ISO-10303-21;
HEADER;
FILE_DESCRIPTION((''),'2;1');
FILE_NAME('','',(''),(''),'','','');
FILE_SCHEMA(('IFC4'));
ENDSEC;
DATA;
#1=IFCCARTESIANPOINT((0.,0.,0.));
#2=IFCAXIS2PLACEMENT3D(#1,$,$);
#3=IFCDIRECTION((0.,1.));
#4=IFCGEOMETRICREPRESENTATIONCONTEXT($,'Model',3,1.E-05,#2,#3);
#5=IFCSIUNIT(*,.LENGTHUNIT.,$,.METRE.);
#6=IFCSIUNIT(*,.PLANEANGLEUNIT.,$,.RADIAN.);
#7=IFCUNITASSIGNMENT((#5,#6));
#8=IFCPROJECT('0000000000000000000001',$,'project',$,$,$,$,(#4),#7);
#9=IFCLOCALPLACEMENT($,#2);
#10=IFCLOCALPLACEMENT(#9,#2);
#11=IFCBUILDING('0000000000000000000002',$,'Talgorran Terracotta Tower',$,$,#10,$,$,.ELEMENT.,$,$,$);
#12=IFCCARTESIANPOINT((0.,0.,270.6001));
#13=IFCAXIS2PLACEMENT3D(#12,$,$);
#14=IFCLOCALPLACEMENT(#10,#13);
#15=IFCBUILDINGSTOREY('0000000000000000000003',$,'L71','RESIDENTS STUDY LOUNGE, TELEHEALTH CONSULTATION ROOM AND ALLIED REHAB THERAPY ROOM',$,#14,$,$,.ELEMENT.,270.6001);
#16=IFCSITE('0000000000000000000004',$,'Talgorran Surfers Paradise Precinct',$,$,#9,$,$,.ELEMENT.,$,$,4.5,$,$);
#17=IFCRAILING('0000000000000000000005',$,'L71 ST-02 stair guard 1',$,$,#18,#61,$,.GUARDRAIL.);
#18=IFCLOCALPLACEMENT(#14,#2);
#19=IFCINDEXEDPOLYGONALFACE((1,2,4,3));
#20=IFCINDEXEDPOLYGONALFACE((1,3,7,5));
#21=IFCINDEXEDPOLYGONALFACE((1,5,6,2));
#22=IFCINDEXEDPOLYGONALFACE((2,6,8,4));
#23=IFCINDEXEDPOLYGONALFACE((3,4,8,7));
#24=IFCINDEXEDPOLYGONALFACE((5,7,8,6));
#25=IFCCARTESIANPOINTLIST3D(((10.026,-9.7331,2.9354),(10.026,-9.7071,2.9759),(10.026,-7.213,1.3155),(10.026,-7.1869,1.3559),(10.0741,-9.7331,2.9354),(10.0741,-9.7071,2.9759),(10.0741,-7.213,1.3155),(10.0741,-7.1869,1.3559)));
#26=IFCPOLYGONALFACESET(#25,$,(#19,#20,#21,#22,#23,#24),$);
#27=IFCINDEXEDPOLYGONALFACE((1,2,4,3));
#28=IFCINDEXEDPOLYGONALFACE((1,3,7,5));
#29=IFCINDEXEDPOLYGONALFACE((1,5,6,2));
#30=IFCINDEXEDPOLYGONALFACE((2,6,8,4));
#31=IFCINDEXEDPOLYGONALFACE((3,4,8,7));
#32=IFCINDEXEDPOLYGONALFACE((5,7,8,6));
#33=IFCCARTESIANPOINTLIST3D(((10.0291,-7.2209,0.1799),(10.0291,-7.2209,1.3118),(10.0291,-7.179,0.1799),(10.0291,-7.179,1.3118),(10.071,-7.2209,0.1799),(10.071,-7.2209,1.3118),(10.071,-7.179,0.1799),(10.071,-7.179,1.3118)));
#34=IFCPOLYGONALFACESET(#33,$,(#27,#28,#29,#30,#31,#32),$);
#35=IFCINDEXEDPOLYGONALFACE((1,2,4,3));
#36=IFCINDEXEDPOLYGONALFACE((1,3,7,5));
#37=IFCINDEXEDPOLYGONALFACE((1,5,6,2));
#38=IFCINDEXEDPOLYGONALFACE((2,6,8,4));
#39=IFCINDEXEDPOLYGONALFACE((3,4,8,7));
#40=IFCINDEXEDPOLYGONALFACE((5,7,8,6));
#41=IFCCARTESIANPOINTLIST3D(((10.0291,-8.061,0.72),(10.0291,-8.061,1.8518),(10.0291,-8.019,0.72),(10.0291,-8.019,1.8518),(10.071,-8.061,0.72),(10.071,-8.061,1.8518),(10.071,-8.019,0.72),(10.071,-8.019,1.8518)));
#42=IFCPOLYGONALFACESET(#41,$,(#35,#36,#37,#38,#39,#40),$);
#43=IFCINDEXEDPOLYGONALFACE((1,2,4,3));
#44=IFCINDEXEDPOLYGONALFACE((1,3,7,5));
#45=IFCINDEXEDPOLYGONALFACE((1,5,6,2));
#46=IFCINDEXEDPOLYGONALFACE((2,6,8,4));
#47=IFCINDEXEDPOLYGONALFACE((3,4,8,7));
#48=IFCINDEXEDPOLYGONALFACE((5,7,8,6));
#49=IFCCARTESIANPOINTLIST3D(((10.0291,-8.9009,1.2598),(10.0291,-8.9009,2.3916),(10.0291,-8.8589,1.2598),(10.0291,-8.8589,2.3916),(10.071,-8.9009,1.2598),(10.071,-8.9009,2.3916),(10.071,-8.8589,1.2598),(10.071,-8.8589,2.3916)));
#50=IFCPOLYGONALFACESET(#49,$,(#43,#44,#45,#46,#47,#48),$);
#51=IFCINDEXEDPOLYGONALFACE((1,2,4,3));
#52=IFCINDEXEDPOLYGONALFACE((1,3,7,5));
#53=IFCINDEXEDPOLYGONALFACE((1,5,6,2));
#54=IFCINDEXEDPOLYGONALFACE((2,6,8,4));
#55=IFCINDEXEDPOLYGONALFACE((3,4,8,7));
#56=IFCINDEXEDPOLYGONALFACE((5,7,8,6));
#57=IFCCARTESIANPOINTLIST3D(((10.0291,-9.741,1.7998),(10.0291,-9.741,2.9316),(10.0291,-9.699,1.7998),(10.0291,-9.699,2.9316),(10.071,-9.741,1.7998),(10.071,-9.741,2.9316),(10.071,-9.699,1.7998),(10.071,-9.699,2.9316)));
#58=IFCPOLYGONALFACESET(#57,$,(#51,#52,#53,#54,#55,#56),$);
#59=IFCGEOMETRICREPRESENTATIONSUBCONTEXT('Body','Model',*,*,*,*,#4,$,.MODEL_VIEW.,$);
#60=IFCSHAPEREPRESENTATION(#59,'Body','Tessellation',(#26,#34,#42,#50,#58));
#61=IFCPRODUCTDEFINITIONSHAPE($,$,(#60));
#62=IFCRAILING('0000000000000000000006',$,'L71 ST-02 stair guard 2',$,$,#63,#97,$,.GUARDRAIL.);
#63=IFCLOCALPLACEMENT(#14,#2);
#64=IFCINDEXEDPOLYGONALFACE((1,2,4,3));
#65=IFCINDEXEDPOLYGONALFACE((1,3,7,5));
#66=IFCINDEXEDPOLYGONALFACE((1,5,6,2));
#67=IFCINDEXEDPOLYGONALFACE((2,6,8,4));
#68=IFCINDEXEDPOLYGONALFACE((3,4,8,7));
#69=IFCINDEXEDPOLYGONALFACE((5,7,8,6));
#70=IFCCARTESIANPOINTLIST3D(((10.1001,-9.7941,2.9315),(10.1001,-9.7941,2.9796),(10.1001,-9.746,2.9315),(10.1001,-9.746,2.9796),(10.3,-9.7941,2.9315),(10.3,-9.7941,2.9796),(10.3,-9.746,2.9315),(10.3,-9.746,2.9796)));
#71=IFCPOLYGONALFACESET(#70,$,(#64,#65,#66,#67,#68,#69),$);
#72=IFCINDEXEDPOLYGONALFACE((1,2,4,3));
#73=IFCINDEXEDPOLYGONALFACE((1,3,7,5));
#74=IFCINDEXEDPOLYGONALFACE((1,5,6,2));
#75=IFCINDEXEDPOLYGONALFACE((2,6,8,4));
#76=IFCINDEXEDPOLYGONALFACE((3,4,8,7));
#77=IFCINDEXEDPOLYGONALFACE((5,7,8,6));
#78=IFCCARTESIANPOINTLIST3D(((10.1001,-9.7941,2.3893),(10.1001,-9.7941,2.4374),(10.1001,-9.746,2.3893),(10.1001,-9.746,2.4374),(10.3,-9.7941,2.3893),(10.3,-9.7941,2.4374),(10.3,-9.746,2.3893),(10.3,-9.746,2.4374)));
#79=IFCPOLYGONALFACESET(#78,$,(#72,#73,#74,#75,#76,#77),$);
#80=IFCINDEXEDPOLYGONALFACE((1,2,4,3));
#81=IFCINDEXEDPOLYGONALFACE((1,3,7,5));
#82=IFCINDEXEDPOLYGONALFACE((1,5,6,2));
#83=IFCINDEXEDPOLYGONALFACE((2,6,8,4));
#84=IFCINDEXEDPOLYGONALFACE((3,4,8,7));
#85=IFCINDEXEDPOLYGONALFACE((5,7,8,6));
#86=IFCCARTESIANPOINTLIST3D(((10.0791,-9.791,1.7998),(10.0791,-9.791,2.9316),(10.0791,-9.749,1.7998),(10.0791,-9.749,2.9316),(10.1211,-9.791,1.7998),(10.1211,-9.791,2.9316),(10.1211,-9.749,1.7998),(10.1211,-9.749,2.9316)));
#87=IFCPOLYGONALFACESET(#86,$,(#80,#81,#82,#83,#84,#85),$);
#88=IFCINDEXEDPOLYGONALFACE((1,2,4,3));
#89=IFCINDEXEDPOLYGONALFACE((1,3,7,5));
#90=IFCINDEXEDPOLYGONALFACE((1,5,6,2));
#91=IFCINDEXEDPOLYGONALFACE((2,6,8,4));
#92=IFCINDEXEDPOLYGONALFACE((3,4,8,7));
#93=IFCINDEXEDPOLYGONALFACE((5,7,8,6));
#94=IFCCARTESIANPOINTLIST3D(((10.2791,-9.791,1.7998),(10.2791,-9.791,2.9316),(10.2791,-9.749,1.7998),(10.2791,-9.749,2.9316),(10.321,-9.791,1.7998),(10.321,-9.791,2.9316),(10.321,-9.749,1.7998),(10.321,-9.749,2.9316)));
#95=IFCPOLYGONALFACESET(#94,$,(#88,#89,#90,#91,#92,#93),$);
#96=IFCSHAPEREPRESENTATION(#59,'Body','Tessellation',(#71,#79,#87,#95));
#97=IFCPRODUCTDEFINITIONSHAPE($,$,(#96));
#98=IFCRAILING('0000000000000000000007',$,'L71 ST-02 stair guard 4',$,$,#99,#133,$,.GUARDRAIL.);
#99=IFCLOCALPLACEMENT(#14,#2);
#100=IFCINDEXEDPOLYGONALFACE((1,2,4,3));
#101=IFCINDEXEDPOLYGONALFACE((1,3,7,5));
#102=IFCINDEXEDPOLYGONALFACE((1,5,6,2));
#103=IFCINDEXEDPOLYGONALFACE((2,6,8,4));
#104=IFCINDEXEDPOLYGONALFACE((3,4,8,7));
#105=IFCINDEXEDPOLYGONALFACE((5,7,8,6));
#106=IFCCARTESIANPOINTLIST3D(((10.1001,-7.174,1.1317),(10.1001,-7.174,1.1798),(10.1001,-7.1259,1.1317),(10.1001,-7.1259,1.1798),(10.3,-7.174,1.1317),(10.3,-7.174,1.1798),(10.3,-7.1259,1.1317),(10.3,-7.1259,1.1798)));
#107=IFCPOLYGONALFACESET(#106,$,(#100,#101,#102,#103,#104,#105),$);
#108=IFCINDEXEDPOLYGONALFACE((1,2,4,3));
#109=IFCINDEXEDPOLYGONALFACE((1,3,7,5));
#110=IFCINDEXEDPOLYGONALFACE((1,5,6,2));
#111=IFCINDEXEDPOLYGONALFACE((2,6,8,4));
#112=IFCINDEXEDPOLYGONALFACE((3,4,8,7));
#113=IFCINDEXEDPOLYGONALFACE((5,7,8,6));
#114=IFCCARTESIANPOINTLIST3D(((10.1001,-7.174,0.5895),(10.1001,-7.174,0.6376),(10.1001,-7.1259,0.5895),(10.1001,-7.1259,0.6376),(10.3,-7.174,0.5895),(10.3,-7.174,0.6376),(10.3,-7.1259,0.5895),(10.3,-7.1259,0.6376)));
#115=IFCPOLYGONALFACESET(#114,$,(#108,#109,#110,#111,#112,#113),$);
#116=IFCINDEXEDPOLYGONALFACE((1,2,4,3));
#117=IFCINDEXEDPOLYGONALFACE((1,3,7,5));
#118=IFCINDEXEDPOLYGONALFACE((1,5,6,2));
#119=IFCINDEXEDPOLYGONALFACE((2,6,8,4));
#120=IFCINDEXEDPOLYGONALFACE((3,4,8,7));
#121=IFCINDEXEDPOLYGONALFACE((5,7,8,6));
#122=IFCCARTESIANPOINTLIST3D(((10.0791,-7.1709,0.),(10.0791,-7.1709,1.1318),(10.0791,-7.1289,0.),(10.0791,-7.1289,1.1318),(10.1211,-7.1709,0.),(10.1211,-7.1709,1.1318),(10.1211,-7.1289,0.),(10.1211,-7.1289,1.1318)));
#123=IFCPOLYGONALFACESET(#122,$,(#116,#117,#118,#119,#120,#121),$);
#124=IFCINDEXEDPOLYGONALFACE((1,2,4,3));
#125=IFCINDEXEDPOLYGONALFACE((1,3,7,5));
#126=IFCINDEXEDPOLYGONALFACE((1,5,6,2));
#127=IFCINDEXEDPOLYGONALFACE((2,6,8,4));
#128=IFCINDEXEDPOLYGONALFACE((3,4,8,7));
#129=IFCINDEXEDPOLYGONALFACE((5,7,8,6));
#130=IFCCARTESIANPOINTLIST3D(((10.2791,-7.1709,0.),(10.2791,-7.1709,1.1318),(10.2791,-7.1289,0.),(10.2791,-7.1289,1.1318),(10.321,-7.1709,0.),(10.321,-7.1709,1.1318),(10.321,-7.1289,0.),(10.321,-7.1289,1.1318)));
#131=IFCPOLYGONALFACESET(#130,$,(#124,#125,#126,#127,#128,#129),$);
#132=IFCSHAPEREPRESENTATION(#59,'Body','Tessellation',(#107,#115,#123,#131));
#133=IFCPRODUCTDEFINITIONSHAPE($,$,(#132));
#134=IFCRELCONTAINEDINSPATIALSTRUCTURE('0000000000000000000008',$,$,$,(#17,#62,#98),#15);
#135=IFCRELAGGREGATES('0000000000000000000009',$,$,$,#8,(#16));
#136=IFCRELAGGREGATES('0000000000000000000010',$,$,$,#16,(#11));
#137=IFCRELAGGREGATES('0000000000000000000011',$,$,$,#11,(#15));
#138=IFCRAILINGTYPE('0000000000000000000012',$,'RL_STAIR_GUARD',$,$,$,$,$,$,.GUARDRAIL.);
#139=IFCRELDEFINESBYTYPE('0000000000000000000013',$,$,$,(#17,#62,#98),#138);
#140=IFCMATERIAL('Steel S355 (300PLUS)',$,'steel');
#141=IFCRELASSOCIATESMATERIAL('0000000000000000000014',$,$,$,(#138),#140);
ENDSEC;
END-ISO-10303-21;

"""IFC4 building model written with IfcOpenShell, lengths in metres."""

from ifc_helpers import new_model, si_unit, direction, frame, origin, origin_2d, place, context, subcontext, project, spatial, rectangle, extrude, material, type_object, element, save


model = new_model("IFC4")

# Units and contexts
model_context = context("Model", 3, precision=1e-05, world=origin(), true_north=direction((0.0, 1.0)))
body_context = subcontext(model_context, "Body", "Model", "MODEL_VIEW")
ifc_project = project(units=[si_unit("LENGTHUNIT", "METRE"), si_unit("PLANEANGLEUNIT", "RADIAN")], contexts=[model_context])

# Site, building, storey
site_placement = place(None, origin())
site = spatial("IfcSite", under=ifc_project, at=site_placement, Name="Talgorran Surfers Paradise Precinct", CompositionType="ELEMENT", RefElevation=4.5)
building_placement = place(site_placement, origin())
building = spatial("IfcBuilding", under=site, at=building_placement, Name="Talgorran Terracotta Tower", CompositionType="ELEMENT")
storey_placement = place(building_placement, frame((0.0, 0.0, 270.6001)))
storey = spatial("IfcBuildingStorey", under=building, at=storey_placement, Name="L71", Description="RESIDENTS STUDY LOUNGE, TELEHEALTH CONSULTATION ROOM AND ALLIED REHAB THERAPY ROOM", CompositionType="ELEMENT", Elevation=270.6001)

# Railings
ifc_material_1 = material(Name="Steel S355 (300PLUS)", Category="steel")
railing_type_1 = type_object("IfcRailingType", Name="RL_STAIR_GUARD", PredefinedType="GUARDRAIL", material=ifc_material_1)
railing_1_placement = place(storey_placement, frame((10.05, -7.2, 0.1799)))
element("IfcRailing", 1, at=railing_1_placement, inside=storey, type_object=railing_type_1, Name="L71 ST-02 stair guard 1", PredefinedType="GUARDRAIL", context=body_context, shape_type="SweptSolid", body=[
    extrude(rectangle(XDim=0.0481, YDim=0.0481, at=origin_2d()), frame((0.0, 0.0, 1.1558), z_axis=(0.0, -0.8412, 0.540725), x_axis=(1.0, 0.0, 0.0)), (0.0, 0.0, 1.0), 2.9958),
    extrude(rectangle(XDim=0.042, YDim=0.042, at=origin_2d()), origin(), (0.0, 0.0, 1.0), 1.1318),
    extrude(rectangle(XDim=0.042, YDim=0.042, at=origin_2d()), frame((0.0, -0.8401, 0.54)), (0.0, 0.0, 1.0), 1.1318),
    extrude(rectangle(XDim=0.042, YDim=0.042, at=origin_2d()), frame((0.0, -1.6799, 1.0798)), (0.0, 0.0, 1.0), 1.1318),
    extrude(rectangle(XDim=0.042, YDim=0.042, at=origin_2d()), frame((0.0, -2.52, 1.6199)), (0.0, 0.0, 1.0), 1.1318),
])
for number, where, name in (
    (2, (10.1001, -9.77, 1.7998), "L71 ST-02 stair guard 2"),
    (3, (10.1001, -7.1499, 0.0), "L71 ST-02 stair guard 4"),
):
    element("IfcRailing", number, at=place(storey_placement, frame(where)), inside=storey, type_object=railing_type_1, Name=name, PredefinedType="GUARDRAIL", context=body_context, shape_type="SweptSolid", body=[
        extrude(rectangle(XDim=0.0481, YDim=0.0481, at=origin_2d()), frame((0.0, 0.0, 1.1558), z_axis=(1.0, 0.0, 0.0), x_axis=(0.0, 1.0, 0.0)), (0.0, 0.0, 1.0), 0.2),
        extrude(rectangle(XDim=0.0481, YDim=0.0481, at=origin_2d()), frame((0.0, 0.0, 0.6135), z_axis=(1.0, 0.0, 0.0), x_axis=(0.0, 1.0, 0.0)), (0.0, 0.0, 1.0), 0.2),
        extrude(rectangle(XDim=0.042, YDim=0.042, at=origin_2d()), origin(), (0.0, 0.0, 1.0), 1.1318),
        extrude(rectangle(XDim=0.042, YDim=0.042, at=origin_2d()), frame((0.2, 0.0, 0.0)), (0.0, 0.0, 1.0), 1.1318),
    ])

save(model, "model.ifc")
